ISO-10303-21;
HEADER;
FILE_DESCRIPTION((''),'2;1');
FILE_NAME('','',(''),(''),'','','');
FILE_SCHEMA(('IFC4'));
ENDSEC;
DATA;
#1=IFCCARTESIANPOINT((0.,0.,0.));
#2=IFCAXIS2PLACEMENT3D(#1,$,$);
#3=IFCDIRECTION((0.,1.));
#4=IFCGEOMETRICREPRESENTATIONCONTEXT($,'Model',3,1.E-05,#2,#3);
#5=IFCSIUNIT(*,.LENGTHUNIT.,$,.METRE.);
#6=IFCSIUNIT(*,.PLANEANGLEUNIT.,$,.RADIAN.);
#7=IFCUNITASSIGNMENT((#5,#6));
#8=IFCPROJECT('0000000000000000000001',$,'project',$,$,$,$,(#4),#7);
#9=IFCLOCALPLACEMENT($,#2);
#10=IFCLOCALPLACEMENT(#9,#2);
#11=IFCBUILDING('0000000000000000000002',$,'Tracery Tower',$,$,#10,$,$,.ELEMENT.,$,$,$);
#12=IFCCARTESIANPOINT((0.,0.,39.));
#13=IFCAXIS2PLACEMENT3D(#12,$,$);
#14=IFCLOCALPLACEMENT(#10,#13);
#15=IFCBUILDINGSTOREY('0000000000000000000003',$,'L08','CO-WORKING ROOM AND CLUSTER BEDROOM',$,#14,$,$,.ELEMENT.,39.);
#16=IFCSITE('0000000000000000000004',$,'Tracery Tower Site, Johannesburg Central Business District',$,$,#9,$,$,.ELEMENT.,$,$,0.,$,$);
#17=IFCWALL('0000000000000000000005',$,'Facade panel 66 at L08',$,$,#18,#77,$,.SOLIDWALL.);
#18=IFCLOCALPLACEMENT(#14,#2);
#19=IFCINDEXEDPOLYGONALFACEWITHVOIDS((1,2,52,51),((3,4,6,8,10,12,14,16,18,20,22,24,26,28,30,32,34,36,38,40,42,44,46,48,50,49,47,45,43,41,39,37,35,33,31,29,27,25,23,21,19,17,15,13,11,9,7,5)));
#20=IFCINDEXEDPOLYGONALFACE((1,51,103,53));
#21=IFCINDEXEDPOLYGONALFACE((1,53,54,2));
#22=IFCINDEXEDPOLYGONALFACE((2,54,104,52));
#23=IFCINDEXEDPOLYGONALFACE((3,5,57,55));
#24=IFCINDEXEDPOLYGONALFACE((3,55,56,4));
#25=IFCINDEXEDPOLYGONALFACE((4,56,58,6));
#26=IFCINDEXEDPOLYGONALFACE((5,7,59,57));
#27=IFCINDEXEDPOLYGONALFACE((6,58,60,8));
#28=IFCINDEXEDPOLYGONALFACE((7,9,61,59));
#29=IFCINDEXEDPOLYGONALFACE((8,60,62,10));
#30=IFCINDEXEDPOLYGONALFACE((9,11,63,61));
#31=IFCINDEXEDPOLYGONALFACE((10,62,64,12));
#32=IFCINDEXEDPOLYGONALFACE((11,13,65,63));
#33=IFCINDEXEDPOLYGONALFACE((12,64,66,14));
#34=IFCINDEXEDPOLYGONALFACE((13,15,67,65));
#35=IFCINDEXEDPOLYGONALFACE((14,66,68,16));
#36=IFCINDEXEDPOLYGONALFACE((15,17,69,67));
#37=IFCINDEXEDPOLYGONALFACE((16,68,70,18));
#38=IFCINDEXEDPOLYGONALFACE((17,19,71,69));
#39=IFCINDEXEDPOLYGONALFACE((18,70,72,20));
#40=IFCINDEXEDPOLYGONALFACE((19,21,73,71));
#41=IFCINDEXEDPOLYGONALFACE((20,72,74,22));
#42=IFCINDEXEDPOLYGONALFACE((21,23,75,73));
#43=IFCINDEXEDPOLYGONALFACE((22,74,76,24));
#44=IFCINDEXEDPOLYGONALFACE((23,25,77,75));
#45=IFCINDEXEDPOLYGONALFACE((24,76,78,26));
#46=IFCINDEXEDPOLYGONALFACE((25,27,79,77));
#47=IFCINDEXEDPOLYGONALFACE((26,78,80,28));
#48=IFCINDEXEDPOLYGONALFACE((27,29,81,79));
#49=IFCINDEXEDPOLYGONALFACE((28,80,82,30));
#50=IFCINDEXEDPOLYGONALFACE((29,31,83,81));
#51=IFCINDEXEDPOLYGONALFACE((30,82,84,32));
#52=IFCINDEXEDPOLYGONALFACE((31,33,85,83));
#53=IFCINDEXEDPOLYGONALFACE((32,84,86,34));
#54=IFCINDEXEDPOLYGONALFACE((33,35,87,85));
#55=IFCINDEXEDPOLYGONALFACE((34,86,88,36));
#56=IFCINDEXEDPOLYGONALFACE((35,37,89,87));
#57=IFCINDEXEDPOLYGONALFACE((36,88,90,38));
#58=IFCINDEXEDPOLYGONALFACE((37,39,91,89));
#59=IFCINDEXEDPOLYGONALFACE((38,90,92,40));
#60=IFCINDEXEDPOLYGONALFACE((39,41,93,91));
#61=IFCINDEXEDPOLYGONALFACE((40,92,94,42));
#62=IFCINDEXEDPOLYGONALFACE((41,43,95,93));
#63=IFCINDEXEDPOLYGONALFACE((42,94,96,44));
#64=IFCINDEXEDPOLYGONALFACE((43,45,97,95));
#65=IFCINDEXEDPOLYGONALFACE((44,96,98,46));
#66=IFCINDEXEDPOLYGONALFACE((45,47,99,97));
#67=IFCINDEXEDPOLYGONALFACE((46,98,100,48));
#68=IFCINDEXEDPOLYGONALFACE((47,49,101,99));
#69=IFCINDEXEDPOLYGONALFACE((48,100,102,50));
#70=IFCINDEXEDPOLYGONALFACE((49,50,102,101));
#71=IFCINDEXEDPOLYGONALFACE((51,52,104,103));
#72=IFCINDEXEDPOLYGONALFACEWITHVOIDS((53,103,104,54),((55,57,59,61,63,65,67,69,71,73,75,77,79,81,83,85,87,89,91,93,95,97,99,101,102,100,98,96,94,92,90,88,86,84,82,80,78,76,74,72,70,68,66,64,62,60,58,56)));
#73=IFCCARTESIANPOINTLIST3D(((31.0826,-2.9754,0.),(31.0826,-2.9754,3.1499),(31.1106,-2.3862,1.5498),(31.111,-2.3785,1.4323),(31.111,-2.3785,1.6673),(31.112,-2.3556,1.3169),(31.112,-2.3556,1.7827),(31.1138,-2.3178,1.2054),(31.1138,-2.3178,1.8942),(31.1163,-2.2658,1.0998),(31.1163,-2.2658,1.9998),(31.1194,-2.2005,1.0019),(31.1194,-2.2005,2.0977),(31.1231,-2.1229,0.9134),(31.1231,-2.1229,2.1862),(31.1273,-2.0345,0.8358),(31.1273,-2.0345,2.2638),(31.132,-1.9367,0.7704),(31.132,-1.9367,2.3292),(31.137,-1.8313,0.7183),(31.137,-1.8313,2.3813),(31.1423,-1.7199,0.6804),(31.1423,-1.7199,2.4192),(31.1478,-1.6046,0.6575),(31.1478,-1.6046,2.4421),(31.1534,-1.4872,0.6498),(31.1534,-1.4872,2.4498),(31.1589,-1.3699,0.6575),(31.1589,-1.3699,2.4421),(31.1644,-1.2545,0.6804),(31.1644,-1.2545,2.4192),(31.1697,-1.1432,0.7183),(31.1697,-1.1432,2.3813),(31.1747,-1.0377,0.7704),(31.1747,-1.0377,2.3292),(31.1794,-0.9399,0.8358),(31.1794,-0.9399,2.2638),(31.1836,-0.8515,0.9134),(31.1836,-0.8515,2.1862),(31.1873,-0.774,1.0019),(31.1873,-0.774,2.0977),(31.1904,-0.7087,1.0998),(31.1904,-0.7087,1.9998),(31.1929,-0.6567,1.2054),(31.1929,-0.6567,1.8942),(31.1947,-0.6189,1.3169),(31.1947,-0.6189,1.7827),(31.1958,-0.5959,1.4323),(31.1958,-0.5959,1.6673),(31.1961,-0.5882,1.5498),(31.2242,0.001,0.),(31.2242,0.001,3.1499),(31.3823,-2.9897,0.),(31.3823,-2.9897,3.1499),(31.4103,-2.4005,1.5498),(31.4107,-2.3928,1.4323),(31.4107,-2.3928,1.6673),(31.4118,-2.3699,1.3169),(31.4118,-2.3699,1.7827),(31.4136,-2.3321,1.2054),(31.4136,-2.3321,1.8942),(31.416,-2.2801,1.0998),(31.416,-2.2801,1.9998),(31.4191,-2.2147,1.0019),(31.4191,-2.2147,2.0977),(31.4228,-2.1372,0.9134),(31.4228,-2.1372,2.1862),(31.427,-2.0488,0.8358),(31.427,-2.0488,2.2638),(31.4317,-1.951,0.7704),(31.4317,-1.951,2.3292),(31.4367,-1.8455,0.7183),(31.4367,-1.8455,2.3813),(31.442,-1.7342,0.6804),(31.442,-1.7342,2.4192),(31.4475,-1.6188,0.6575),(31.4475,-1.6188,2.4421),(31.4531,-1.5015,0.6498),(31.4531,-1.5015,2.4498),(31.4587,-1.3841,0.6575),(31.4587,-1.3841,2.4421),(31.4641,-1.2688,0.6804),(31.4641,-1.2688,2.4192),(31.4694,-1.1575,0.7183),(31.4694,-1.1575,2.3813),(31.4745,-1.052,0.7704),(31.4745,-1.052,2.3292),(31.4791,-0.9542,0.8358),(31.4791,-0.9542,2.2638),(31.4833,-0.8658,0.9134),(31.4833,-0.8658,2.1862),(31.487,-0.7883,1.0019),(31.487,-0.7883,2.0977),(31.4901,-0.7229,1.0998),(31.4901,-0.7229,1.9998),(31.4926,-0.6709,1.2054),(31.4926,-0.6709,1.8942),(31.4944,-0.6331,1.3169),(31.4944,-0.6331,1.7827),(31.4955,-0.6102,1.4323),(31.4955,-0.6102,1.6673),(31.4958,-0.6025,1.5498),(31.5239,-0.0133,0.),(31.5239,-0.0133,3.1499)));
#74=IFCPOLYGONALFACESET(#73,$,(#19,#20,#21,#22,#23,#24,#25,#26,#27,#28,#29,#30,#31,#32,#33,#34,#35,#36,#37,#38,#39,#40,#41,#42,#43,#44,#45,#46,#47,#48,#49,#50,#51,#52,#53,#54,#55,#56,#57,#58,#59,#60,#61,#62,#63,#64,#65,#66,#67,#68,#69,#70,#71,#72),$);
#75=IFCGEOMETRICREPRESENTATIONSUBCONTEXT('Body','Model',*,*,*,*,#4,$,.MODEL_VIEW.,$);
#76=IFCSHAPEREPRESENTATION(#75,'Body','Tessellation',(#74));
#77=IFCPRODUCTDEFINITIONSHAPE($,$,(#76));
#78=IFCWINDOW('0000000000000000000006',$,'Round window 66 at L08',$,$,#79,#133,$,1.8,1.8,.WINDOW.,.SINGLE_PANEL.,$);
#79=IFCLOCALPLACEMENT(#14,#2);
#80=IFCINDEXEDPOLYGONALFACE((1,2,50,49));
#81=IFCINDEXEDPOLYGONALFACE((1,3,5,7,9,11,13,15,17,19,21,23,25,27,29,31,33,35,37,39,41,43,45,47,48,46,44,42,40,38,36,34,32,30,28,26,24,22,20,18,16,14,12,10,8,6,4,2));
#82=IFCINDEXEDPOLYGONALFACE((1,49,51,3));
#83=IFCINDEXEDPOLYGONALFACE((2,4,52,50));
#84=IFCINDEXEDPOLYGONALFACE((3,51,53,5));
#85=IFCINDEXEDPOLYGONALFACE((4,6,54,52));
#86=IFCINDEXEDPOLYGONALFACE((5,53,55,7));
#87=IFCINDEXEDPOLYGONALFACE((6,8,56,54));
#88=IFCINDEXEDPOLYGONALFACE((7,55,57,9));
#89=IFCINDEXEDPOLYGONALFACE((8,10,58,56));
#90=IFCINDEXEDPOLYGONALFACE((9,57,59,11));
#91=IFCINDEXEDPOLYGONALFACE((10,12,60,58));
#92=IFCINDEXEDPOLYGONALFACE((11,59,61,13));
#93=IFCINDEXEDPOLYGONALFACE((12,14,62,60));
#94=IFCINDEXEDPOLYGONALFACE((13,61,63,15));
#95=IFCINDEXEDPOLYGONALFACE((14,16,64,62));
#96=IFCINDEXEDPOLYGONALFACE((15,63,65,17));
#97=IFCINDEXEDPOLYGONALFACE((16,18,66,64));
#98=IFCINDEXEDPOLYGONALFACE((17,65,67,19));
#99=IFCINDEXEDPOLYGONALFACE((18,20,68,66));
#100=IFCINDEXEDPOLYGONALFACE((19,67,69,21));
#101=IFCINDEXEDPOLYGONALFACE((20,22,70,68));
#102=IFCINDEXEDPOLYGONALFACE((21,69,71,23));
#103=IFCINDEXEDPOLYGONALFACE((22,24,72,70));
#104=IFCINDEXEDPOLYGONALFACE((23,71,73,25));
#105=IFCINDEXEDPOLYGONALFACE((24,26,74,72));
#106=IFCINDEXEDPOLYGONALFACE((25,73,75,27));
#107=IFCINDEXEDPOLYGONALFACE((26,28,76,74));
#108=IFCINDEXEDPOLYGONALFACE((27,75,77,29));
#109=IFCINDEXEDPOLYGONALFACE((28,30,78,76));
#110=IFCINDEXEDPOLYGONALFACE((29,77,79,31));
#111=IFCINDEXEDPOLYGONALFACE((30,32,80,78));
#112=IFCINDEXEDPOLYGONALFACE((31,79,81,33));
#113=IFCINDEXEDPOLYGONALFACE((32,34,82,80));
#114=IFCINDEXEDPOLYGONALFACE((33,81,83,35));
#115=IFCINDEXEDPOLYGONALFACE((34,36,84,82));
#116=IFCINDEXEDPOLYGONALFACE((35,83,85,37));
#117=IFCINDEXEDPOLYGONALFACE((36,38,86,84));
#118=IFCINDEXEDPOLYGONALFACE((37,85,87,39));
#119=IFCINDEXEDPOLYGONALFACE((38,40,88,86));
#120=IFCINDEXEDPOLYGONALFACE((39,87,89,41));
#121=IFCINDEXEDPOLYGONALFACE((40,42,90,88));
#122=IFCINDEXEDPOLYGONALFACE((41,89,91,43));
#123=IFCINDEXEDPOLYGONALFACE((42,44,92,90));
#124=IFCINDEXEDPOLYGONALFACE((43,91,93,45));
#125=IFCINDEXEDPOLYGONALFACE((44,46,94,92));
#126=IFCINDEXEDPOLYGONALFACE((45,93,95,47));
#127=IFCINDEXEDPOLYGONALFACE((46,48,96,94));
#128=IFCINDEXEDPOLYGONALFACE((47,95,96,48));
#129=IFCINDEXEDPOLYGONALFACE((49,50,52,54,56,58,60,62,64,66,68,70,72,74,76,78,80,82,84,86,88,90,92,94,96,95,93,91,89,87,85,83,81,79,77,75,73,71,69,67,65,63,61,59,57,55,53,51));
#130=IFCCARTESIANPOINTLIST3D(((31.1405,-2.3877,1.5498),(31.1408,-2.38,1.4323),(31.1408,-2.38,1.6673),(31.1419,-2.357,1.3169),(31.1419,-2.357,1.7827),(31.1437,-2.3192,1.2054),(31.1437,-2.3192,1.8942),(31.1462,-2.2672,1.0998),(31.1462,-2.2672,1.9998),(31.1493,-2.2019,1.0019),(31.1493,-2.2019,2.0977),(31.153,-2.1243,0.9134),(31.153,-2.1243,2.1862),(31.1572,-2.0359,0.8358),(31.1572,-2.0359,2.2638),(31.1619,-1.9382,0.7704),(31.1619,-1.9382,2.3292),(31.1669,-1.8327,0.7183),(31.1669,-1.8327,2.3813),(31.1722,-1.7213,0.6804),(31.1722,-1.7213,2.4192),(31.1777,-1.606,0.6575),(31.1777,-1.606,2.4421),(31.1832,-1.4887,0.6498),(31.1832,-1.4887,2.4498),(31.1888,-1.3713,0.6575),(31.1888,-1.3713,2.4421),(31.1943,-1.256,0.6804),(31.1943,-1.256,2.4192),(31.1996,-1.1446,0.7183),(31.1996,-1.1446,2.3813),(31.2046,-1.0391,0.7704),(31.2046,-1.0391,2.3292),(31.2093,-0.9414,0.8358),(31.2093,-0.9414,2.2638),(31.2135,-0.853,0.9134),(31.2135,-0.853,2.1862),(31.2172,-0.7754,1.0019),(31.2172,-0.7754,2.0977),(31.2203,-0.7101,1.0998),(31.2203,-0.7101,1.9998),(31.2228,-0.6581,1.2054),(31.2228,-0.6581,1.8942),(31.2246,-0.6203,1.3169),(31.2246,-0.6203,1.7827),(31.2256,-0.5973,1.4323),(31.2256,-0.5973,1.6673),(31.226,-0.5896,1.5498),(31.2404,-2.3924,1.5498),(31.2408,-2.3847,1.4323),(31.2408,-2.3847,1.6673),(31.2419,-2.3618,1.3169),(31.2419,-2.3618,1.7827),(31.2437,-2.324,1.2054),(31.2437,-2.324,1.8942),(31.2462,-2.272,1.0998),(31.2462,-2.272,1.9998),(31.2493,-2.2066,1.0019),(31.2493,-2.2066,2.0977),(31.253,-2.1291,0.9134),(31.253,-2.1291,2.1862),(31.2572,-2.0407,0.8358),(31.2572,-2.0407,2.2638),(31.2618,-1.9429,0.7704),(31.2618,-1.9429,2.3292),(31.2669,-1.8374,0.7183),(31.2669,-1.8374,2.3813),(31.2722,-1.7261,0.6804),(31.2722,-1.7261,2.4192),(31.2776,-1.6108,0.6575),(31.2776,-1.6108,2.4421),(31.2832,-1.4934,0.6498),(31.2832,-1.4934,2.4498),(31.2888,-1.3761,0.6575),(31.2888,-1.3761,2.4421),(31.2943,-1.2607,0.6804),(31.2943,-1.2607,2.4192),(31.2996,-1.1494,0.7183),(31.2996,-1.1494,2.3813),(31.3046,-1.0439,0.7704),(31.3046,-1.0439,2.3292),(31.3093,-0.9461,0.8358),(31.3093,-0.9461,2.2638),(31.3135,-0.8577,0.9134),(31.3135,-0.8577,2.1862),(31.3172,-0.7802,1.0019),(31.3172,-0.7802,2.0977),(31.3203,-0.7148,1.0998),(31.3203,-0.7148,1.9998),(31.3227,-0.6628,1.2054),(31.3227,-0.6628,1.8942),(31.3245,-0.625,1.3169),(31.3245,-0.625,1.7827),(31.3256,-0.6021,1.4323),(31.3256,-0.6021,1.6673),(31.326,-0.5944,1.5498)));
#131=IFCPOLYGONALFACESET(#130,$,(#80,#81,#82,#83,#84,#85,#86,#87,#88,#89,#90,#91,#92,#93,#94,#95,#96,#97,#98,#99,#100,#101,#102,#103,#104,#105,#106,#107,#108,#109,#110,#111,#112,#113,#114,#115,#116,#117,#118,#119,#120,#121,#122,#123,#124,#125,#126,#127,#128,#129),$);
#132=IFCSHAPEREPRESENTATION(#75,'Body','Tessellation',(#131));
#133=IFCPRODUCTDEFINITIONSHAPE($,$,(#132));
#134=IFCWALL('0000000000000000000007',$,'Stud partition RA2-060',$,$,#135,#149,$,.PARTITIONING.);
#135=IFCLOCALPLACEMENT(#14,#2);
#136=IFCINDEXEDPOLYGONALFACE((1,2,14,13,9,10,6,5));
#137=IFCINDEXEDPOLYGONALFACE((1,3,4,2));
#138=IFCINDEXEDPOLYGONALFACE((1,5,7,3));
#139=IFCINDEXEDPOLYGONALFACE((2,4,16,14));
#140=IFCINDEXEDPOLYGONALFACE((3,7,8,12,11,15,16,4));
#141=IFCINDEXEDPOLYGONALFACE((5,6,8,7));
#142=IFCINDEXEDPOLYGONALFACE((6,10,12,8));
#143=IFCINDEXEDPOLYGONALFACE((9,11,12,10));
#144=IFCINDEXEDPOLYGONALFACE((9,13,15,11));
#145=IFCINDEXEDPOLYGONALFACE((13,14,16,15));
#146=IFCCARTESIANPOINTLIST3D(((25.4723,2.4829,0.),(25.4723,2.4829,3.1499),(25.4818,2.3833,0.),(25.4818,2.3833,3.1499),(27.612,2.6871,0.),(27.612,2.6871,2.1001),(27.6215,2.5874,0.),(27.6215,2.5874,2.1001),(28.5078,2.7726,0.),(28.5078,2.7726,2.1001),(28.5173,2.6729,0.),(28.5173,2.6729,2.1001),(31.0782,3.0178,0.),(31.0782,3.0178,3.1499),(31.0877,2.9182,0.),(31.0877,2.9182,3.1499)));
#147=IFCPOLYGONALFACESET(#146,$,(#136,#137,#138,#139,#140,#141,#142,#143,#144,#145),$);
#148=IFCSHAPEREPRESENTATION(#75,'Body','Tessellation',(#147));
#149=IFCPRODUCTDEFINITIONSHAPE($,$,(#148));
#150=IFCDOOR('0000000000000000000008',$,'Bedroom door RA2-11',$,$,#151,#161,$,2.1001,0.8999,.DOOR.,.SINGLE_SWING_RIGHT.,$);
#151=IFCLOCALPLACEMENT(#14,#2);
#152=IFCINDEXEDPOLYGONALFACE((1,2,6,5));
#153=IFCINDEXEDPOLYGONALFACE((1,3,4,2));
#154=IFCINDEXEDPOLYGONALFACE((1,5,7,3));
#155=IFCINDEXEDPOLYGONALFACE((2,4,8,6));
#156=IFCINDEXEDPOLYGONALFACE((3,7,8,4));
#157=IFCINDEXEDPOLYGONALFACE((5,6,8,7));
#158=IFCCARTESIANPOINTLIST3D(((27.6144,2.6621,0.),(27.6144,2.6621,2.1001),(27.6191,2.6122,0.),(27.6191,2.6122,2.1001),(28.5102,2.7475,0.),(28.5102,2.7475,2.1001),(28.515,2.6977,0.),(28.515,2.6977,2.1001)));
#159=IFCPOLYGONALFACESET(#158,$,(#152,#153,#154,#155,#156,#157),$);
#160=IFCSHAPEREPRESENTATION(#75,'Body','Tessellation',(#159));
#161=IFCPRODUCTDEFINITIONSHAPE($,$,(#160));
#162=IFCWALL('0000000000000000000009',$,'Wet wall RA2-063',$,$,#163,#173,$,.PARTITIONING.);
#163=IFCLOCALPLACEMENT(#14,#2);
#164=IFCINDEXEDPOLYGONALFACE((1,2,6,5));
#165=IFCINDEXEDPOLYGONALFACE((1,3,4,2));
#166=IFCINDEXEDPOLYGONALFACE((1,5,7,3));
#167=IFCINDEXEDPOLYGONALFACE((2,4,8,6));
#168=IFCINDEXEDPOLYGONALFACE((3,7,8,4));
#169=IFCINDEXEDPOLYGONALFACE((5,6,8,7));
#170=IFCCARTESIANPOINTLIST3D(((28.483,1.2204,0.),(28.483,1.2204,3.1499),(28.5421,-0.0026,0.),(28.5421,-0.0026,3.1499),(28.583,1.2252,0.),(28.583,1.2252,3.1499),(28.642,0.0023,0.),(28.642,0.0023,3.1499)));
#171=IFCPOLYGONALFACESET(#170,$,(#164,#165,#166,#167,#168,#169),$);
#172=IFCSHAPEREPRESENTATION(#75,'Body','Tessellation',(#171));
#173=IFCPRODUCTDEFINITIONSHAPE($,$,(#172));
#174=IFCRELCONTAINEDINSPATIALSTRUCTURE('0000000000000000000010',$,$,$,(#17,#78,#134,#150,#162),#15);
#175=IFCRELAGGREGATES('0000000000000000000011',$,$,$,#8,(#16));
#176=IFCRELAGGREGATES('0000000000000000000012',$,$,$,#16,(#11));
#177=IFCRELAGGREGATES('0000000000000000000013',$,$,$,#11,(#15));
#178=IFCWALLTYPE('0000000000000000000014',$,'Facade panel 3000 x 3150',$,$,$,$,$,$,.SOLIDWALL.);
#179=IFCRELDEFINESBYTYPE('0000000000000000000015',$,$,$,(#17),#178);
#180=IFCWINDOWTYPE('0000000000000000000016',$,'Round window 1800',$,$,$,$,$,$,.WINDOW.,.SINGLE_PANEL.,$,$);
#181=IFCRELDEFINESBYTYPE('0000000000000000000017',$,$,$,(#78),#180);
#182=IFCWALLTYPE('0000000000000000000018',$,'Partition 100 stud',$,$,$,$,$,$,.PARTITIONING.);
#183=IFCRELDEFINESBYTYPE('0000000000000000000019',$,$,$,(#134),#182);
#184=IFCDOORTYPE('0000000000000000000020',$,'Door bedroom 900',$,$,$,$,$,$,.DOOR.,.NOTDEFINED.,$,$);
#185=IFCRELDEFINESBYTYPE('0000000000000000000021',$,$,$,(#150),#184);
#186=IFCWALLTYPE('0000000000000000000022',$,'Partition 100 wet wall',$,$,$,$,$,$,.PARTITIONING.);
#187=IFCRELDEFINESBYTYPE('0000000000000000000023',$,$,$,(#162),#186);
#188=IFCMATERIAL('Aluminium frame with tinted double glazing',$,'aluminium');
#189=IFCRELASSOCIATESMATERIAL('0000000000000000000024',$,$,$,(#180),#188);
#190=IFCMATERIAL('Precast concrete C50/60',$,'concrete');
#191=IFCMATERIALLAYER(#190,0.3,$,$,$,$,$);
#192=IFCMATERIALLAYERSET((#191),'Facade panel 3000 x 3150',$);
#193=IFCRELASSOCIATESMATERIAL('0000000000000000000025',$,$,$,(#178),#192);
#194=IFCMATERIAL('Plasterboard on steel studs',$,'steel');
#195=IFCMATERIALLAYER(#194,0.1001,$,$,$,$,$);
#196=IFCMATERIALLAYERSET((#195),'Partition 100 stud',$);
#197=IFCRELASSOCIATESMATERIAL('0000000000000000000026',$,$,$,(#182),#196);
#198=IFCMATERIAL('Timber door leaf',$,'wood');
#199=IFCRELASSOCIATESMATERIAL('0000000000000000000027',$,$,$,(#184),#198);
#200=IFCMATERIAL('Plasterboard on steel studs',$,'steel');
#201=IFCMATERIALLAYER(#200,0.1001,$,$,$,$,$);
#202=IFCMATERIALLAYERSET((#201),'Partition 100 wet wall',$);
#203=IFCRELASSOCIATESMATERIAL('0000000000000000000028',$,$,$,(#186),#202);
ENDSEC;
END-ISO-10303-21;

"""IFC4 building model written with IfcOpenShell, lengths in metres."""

from ifc_helpers import new_model, si_unit, direction, frame, frame_2d, origin, origin_2d, place, context, subcontext, project, spatial, rectangle, circle, extrude, material, layer, layer_set, type_object, element, fill, save


model = new_model("IFC4")

# Units and contexts
model_context = context("Model", 3, precision=1e-05, world=origin(), true_north=direction((0.0, 1.0)))
body_context = subcontext(model_context, "Body", "Model", "MODEL_VIEW")
ifc_project = project(units=[si_unit("LENGTHUNIT", "METRE"), si_unit("PLANEANGLEUNIT", "RADIAN")], contexts=[model_context])

# Site, building, storey
site_placement = place(None, origin())
site = spatial("IfcSite", under=ifc_project, at=site_placement, Name="Tracery Tower Site, Johannesburg Central Business District", CompositionType="ELEMENT", RefElevation=0.0)
building_placement = place(site_placement, origin())
building = spatial("IfcBuilding", under=site, at=building_placement, Name="Tracery Tower", CompositionType="ELEMENT")
storey_placement = place(building_placement, frame((0.0, 0.0, 39.0)))
storey = spatial("IfcBuildingStorey", under=building, at=storey_placement, Name="L08", Description="CO-WORKING ROOM AND CLUSTER BEDROOM", CompositionType="ELEMENT", Elevation=39.0)

# Wall, opening, window
ifc_material_1 = material(Name="Aluminium frame with tinted double glazing", Category="aluminium")
window_type = type_object("IfcWindowType", Name="Round window 1800", PartitioningType="SINGLE_PANEL", PredefinedType="WINDOW", material=ifc_material_1)
ifc_material_2 = material(Name="Precast concrete C50/60", Category="concrete")
ifc_layer_1 = layer(ifc_material_2, 0.3)
ifc_layer_set_1 = layer_set([ifc_layer_1], Name="Facade panel 3000 x 3150")
wall_type_1 = type_object("IfcWallType", Name="Facade panel 3000 x 3150", PredefinedType="SOLIDWALL", material=ifc_layer_set_1)
wall_1_placement = place(storey_placement, frame((31.2324, -2.9824, 0.0), z_axis=(0.0, 0.0, 1.0), x_axis=(0.047522, 0.99887, 0.0)))
wall_1 = element("IfcWall", 1, at=wall_1_placement, inside=storey, type_object=wall_type_1, Name="Facade panel 66 at L08", PredefinedType="SOLIDWALL", context=body_context, shape_type="SweptSolid", body=[
    extrude(rectangle(XDim=2.9797, YDim=0.3, at=frame_2d((1.4897, 0.0))), origin(), (0.0, 0.0, 1.0), 3.1499),
])
opening_1_placement = place(wall_1_placement, frame((1.4897, 0.0, 1.5498)))
opening_1 = element("IfcOpeningElement", 2, at=opening_1_placement, cuts=wall_1, PredefinedType="OPENING", context=body_context, shape_type="SweptSolid", body=[
    extrude(circle(Radius=0.9, at=origin_2d()), frame((0.0, 0.1599, 0.0), z_axis=(0.0, -1.0, 0.0), x_axis=(1.0, 0.0, 0.0)), (0.0, 0.0, 1.0), 0.3201),
])
window_1_placement = place(opening_1_placement, origin())
window_1 = element("IfcWindow", 3, at=window_1_placement, inside=storey, type_object=window_type, Name="Round window 66 at L08", OverallHeight=1.8, OverallWidth=1.8, PartitioningType="SINGLE_PANEL", PredefinedType="WINDOW", context=body_context, shape_type="SweptSolid", body=[
    extrude(circle(Radius=0.9, at=origin_2d()), frame((0.0, 0.1201, 0.0), z_axis=(0.0, -1.0, 0.0), x_axis=(1.0, 0.0, 0.0)), (0.0, 0.0, 1.0), 0.1001),
])
fill(opening_1, window_1)

# Wall, opening, door
ifc_material_3 = material(Name="Plasterboard on steel studs", Category="steel")
ifc_layer_2 = layer(ifc_material_3, 0.1001)
ifc_layer_set_2 = layer_set([ifc_layer_2], Name="Partition 100 stud")
wall_type_2 = type_object("IfcWallType", Name="Partition 100 stud", PredefinedType="PARTITIONING", material=ifc_layer_set_2)
wall_2_placement = place(storey_placement, frame((25.4771, 2.4331, 0.0), z_axis=(0.0, 0.0, 1.0), x_axis=(0.995479, 0.094987, 0.0)))
wall_2 = element("IfcWall", 4, at=wall_2_placement, inside=storey, type_object=wall_type_2, Name="Stud partition RA2-060", PredefinedType="PARTITIONING", context=body_context, shape_type="SweptSolid", body=[
    extrude(rectangle(XDim=5.6313, YDim=0.1001, at=frame_2d((2.8157, 0.0))), origin(), (0.0, 0.0, 1.0), 3.1499),
])
opening_2_placement = place(wall_2_placement, frame((2.1494, 0.0, 0.0)))
opening_2 = element("IfcOpeningElement", 5, at=opening_2_placement, cuts=wall_2, PredefinedType="OPENING", context=body_context, shape_type="SweptSolid", body=[
    extrude(rectangle(XDim=0.8999, YDim=2.1001, at=frame_2d((0.45, 1.05))), frame((0.0, 0.05, 0.0), z_axis=(0.0, -1.0, 0.0), x_axis=(1.0, 0.0, 0.0)), (0.0, 0.0, 1.0), 0.1001),
])
ifc_material_4 = material(Name="Timber door leaf", Category="wood")
door_type_1 = type_object("IfcDoorType", Name="Door bedroom 900", OperationType="NOTDEFINED", PredefinedType="DOOR", material=ifc_material_4)
door_1_placement = place(opening_2_placement, origin())
door_1 = element("IfcDoor", 6, at=door_1_placement, inside=storey, type_object=door_type_1, Name="Bedroom door RA2-11", OperationType="SINGLE_SWING_RIGHT", OverallHeight=2.1001, OverallWidth=0.8999, PredefinedType="DOOR", context=body_context, shape_type="SweptSolid", body=[
    extrude(rectangle(XDim=0.8999, YDim=2.1001, at=frame_2d((0.45, 1.05))), frame((0.0, 0.0249, 0.0), z_axis=(0.0, -1.0, 0.0), x_axis=(1.0, 0.0, 0.0)), (0.0, 0.0, 1.0), 0.05),
])
fill(opening_2, door_1)

# Wall
ifc_material_5 = material(Name="Plasterboard on steel studs", Category="steel")
ifc_layer_3 = layer(ifc_material_5, 0.1001)
ifc_layer_set_3 = layer_set([ifc_layer_3], Name="Partition 100 wet wall")
wall_type_3 = type_object("IfcWallType", Name="Partition 100 wet wall", PredefinedType="PARTITIONING", material=ifc_layer_set_3)
wall_3_placement = place(storey_placement, frame((28.533, 1.2229, 0.0), z_axis=(0.0, 0.0, 1.0), x_axis=(0.048257, -0.998835, 0.0)))
element("IfcWall", 7, at=wall_3_placement, inside=storey, type_object=wall_type_3, Name="Wet wall RA2-063", PredefinedType="PARTITIONING", context=body_context, shape_type="SweptSolid", body=[
    extrude(rectangle(XDim=1.2244, YDim=0.1001, at=frame_2d((0.6123, 0.0))), origin(), (0.0, 0.0, 1.0), 3.1499),
])

save(model, "model.ifc")
